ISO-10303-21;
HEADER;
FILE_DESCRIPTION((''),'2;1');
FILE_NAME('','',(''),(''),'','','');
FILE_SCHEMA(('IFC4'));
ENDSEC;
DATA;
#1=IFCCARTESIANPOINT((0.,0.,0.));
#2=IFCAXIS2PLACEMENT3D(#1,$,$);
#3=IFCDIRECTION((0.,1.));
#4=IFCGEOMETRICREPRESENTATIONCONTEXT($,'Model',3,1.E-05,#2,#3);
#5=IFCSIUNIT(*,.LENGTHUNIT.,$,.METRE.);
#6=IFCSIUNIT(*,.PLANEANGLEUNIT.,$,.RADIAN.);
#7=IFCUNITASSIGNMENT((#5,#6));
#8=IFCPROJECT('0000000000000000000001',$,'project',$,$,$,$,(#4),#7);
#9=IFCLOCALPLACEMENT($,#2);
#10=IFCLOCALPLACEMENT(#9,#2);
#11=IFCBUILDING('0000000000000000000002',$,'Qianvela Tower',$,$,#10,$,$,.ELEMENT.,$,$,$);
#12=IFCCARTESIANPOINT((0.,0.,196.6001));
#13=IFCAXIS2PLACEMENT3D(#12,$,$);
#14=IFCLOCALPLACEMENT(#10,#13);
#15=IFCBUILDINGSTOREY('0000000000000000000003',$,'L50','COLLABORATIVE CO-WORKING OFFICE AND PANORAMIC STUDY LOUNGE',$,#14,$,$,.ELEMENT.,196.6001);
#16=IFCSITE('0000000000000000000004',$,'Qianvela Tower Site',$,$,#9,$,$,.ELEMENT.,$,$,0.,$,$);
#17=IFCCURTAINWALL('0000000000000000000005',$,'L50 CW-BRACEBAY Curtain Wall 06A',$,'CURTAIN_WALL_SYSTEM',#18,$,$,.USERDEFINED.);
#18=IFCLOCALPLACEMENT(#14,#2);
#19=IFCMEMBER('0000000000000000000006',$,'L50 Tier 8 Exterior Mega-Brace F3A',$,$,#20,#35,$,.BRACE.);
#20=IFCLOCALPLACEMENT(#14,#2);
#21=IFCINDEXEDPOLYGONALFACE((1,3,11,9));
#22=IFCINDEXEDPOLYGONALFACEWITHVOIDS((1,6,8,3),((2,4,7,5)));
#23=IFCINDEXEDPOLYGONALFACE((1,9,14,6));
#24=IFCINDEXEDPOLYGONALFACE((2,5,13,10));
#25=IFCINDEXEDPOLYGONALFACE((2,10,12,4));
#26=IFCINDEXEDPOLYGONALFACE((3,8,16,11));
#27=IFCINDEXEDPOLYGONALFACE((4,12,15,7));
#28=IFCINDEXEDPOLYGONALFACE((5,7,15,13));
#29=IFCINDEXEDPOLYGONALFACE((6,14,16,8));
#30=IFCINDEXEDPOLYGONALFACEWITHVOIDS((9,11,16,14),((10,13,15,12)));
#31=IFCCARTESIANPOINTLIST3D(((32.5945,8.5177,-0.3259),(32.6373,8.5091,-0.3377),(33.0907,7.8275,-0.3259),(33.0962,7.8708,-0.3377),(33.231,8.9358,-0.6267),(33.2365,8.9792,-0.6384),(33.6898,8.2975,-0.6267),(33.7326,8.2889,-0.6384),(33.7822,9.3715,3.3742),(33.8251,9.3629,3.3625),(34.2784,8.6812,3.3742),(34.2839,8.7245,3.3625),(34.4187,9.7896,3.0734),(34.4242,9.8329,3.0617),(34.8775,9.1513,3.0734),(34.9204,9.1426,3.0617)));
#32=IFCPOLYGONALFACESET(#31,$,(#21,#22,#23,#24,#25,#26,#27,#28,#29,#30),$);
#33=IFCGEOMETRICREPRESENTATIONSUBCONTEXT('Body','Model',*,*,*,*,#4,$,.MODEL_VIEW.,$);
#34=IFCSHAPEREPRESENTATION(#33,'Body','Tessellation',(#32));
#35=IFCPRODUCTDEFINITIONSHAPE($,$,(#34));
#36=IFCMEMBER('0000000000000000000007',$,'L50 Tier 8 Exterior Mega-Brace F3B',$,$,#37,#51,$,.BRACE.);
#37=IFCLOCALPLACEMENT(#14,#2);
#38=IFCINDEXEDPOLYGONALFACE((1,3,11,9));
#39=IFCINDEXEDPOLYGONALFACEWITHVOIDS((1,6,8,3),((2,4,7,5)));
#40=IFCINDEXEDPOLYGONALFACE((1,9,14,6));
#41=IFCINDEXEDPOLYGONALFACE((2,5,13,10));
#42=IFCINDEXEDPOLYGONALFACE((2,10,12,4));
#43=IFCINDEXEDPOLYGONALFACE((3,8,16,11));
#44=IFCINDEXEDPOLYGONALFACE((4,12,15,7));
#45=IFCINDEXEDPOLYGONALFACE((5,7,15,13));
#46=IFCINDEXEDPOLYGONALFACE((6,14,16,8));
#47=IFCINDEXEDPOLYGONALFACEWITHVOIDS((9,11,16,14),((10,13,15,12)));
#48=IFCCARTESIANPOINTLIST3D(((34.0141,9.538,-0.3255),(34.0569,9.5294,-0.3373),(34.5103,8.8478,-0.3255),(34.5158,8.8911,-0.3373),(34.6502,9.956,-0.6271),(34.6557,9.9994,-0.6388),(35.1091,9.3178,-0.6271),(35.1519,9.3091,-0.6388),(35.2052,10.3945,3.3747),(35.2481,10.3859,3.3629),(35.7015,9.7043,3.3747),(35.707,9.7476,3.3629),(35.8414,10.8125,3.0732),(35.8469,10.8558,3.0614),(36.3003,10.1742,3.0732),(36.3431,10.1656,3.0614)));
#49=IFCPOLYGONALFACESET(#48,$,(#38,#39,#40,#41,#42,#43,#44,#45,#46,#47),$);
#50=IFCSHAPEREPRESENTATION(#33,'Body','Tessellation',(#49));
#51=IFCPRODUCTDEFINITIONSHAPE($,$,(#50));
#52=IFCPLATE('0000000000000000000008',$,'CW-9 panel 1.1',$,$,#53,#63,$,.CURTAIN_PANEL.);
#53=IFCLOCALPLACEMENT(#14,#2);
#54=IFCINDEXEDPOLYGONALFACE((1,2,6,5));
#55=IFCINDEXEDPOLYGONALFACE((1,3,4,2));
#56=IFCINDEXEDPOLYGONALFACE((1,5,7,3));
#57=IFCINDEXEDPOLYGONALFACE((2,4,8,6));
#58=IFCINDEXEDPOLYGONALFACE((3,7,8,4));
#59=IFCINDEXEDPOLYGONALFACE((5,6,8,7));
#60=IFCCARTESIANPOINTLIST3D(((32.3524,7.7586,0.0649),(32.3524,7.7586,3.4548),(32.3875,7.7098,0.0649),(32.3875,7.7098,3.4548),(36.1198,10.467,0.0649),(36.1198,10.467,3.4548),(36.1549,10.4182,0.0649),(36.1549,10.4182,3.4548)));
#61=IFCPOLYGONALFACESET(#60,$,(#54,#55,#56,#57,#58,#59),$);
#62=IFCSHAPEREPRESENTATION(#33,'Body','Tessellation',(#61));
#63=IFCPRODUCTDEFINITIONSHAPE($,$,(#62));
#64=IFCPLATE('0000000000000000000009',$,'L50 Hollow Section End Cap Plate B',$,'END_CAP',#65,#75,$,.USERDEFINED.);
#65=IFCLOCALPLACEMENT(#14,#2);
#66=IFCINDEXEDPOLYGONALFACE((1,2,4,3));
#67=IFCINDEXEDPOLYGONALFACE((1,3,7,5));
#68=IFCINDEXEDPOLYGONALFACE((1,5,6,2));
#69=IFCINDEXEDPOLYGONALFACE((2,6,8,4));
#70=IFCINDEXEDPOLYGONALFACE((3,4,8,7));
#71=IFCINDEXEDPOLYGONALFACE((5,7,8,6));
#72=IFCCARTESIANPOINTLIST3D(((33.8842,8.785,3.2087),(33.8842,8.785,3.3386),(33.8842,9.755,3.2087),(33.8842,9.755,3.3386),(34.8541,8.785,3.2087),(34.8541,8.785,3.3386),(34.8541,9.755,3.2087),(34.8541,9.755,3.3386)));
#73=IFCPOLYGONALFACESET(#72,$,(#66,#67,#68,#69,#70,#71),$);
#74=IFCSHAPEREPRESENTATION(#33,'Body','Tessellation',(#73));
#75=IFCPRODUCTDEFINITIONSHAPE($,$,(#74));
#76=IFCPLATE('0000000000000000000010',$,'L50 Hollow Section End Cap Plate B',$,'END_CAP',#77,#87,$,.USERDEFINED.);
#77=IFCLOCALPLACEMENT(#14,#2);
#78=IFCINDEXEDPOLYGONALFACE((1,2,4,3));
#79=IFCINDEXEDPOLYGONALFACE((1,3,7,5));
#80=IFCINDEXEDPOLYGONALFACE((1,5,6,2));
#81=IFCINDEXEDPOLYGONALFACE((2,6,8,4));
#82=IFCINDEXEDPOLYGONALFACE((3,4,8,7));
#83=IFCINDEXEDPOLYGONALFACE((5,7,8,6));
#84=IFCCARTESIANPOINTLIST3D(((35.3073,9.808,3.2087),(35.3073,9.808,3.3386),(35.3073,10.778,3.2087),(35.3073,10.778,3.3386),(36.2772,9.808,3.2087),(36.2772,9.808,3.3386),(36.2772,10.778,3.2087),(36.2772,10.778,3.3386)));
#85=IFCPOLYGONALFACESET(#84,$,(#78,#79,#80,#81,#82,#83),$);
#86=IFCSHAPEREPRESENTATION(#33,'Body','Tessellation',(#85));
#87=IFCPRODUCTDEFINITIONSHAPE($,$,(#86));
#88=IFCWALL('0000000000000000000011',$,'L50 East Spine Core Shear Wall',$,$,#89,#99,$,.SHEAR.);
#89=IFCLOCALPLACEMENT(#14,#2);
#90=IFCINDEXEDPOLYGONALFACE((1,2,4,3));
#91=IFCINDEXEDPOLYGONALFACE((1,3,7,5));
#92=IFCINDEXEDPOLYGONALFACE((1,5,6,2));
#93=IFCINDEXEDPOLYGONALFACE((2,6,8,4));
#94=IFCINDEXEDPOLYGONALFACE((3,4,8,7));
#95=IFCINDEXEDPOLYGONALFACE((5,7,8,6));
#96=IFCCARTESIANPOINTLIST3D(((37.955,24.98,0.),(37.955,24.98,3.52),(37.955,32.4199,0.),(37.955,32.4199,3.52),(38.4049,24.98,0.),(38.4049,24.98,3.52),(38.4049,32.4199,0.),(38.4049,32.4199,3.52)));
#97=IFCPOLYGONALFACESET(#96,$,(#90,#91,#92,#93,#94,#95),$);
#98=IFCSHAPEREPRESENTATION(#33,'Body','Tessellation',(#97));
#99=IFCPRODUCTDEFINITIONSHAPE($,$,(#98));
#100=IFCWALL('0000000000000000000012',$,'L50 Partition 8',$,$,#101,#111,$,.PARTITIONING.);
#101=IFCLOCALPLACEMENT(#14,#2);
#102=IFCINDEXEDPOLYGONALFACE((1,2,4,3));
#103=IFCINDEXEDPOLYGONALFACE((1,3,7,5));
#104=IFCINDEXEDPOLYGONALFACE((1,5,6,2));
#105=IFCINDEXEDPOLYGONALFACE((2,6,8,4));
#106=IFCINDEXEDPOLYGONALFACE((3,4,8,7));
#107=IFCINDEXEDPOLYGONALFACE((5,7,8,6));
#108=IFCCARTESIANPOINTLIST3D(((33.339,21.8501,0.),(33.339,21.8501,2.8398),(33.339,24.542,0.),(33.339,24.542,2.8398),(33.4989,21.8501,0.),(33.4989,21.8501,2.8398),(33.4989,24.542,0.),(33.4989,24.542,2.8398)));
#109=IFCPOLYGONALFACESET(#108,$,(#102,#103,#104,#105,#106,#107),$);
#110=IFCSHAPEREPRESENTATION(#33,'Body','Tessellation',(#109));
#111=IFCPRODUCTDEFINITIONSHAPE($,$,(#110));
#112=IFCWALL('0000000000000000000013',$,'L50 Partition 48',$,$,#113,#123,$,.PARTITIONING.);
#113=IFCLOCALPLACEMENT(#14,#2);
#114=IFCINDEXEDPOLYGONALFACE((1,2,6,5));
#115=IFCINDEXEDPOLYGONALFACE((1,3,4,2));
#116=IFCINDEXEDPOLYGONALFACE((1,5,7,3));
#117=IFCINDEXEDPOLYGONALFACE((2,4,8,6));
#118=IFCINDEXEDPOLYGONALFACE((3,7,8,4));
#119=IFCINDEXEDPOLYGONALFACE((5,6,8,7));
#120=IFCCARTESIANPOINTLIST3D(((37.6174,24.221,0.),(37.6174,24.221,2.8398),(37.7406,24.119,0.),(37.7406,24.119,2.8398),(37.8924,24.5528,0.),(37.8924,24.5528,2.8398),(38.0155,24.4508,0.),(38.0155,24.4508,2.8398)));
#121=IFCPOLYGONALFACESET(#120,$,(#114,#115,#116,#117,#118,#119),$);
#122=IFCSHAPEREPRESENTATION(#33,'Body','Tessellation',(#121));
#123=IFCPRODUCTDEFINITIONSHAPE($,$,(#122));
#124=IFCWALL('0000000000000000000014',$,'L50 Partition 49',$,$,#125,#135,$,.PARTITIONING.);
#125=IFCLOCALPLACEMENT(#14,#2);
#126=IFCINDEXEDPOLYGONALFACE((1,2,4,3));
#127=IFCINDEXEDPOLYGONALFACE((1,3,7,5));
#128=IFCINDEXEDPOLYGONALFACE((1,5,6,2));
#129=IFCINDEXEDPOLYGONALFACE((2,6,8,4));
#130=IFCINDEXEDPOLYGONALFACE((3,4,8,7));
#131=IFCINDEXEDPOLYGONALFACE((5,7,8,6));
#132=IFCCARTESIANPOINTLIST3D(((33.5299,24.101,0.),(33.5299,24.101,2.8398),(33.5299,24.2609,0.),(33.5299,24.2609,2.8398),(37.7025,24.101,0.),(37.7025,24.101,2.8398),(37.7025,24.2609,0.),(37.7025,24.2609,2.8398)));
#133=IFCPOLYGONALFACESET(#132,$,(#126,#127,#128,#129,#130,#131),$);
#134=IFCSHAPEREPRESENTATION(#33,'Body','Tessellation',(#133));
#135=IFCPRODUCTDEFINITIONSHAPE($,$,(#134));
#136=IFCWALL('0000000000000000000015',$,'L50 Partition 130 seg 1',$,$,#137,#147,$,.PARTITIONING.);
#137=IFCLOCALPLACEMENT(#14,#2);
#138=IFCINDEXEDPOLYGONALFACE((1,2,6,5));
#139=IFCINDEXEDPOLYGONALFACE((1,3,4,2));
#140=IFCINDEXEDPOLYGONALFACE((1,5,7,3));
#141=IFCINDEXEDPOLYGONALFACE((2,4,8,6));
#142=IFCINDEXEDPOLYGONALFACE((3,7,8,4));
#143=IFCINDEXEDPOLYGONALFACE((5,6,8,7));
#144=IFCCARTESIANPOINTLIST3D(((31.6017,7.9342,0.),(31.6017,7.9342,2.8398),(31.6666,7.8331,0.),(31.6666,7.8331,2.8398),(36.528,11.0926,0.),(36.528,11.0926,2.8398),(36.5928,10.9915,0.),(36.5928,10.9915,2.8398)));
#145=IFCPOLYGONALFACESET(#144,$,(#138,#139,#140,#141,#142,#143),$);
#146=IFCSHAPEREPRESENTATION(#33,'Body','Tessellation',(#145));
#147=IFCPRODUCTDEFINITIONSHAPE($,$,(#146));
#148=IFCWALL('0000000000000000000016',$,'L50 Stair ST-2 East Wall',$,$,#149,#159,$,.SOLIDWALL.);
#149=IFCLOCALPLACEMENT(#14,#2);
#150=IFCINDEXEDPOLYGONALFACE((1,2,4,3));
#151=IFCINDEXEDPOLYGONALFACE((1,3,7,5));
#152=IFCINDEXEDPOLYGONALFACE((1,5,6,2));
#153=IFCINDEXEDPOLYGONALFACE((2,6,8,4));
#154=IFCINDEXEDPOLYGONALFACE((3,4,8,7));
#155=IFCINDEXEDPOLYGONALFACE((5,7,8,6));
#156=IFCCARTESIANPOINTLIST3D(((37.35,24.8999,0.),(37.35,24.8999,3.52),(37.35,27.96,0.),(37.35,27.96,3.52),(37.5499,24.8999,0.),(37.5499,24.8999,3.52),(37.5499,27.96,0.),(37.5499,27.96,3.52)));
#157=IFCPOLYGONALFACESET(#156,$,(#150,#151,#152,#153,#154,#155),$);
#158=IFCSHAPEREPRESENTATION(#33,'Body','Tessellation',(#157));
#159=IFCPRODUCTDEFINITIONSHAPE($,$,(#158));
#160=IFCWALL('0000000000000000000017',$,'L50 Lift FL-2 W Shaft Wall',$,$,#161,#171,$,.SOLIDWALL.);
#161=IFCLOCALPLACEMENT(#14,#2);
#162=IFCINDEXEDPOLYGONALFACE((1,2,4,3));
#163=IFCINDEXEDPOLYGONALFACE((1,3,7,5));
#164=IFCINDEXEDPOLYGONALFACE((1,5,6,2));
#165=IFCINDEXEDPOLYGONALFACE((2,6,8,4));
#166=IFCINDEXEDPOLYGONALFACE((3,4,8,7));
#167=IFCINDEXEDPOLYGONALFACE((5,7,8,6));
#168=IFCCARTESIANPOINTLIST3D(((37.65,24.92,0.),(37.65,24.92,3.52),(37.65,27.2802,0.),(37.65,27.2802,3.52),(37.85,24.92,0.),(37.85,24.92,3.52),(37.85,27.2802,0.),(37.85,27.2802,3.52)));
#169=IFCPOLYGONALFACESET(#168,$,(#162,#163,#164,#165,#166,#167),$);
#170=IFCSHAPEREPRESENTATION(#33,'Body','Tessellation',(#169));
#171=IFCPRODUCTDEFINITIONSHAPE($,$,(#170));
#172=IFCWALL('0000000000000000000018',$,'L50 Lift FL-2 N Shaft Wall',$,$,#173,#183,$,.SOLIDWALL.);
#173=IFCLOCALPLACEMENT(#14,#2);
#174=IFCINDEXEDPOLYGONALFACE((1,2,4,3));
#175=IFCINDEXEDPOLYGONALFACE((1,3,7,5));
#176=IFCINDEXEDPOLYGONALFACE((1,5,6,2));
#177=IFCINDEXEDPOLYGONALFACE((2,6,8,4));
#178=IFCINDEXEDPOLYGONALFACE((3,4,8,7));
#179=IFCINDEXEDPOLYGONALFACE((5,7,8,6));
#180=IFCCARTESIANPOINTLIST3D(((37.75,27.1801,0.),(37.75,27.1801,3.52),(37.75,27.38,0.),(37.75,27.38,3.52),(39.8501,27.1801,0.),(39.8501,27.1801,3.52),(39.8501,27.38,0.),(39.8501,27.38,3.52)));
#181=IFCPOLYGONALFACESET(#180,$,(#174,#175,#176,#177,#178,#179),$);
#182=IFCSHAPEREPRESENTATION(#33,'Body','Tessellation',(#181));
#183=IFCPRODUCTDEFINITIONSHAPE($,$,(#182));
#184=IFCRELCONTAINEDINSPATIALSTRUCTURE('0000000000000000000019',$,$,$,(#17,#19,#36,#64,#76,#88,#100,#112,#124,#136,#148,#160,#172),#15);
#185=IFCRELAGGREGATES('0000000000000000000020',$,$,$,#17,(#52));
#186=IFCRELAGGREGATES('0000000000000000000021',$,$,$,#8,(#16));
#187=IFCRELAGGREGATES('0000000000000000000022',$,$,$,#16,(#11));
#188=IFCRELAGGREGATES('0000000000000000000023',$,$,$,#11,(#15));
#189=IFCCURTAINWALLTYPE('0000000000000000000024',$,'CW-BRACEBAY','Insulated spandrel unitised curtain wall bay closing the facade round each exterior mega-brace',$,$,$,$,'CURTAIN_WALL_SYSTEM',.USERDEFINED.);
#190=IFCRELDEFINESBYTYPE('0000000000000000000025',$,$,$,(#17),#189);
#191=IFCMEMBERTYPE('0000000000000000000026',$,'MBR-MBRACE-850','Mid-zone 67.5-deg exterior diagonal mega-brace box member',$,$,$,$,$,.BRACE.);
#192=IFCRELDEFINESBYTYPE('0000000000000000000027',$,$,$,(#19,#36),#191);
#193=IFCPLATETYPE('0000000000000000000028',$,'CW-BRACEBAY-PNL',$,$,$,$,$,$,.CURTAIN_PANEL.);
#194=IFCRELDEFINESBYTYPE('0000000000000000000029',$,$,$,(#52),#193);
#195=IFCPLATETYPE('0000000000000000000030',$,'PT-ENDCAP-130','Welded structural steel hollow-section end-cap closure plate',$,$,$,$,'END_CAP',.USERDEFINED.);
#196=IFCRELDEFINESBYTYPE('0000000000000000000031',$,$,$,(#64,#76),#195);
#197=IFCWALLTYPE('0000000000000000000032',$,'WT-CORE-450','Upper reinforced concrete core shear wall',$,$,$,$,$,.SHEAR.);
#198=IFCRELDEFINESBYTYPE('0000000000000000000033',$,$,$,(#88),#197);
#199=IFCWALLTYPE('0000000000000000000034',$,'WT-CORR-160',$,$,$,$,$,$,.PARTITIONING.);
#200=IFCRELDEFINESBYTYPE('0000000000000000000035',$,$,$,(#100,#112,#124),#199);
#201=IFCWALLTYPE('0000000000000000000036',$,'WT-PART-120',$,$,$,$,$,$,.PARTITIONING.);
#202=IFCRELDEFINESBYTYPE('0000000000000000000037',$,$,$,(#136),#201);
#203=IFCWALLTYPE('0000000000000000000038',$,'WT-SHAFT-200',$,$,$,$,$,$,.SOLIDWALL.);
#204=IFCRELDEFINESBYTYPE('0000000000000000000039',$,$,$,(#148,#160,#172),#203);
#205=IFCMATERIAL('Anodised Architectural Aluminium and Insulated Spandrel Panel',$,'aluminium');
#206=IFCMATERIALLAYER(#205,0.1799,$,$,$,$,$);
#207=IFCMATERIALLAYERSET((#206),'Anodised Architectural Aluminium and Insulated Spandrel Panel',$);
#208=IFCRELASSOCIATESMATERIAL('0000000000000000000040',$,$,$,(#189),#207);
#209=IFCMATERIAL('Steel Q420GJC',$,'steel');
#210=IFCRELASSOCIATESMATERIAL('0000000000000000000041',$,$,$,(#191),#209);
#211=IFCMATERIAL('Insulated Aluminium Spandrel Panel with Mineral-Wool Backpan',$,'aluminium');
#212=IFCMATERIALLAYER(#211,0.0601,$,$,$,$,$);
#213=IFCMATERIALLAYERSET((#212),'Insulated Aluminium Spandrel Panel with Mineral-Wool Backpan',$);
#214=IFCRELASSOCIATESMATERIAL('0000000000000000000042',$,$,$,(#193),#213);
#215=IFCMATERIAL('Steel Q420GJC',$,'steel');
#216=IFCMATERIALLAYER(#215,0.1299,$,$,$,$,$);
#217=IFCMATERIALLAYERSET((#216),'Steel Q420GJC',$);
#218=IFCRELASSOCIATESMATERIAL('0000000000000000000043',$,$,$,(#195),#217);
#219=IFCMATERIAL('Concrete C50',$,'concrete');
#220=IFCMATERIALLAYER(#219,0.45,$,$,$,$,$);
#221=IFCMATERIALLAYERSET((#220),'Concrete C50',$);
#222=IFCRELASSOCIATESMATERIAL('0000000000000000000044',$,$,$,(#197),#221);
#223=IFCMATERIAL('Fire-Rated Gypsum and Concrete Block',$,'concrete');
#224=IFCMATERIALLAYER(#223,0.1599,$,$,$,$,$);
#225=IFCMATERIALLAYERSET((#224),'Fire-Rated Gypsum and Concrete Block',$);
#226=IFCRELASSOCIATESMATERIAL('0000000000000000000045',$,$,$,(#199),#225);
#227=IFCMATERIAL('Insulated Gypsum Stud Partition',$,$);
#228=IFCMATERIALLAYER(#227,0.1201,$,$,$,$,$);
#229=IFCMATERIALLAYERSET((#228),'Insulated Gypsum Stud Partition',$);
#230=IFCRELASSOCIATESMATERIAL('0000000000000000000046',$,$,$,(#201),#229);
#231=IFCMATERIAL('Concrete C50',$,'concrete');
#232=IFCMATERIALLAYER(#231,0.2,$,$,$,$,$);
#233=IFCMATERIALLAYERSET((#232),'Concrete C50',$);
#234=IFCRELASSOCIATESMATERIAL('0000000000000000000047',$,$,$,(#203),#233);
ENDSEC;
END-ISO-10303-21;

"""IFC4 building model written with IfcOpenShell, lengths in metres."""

from ifc_helpers import new_model, si_unit, direction, frame, frame_2d, origin, origin_2d, place, context, subcontext, project, spatial, rectangle, hollow_rectangle, extrude, material, layer, layer_set, material_profile, profile_set, type_object, element, aggregate, save


model = new_model("IFC4")

# Units and contexts
model_context = context("Model", 3, precision=1e-05, world=origin(), true_north=direction((0.0, 1.0)))
body_context = subcontext(model_context, "Body", "Model", "MODEL_VIEW")
ifc_project = project(units=[si_unit("LENGTHUNIT", "METRE"), si_unit("PLANEANGLEUNIT", "RADIAN")], contexts=[model_context])

# Site, building, storey
site_placement = place(None, origin())
site = spatial("IfcSite", under=ifc_project, at=site_placement, Name="Qianvela Tower Site", CompositionType="ELEMENT", RefElevation=0.0)
building_placement = place(site_placement, origin())
building = spatial("IfcBuilding", under=site, at=building_placement, Name="Qianvela Tower", CompositionType="ELEMENT")
storey_placement = place(building_placement, frame((0.0, 0.0, 196.6001)))
storey = spatial("IfcBuildingStorey", under=building, at=storey_placement, Name="L50", Description="COLLABORATIVE CO-WORKING OFFICE AND PANORAMIC STUDY LOUNGE", CompositionType="ELEMENT", Elevation=196.6001)

# Curtain wall
ifc_material_1 = material(Name="Anodised Architectural Aluminium and Insulated Spandrel Panel", Category="aluminium")
ifc_layer_1 = layer(ifc_material_1, 0.1799)
ifc_layer_set_1 = layer_set([ifc_layer_1], Name="Anodised Architectural Aluminium and Insulated Spandrel Panel")
curtain_wall_type_1 = type_object("IfcCurtainWallType", Name="CW-BRACEBAY", Description="Insulated spandrel unitised curtain wall bay closing the facade round each exterior mega-brace", ElementType="CURTAIN_WALL_SYSTEM", PredefinedType="USERDEFINED", material=ifc_layer_set_1)
curtain_wall_1_placement = place(storey_placement, origin())
curtain_wall_1 = element("IfcCurtainWall", 1, at=curtain_wall_1_placement, inside=storey, type_object=curtain_wall_type_1, Name="L50 CW-BRACEBAY Curtain Wall 06A", ObjectType="CURTAIN_WALL_SYSTEM", PredefinedType="USERDEFINED")

# Members
ifc_material_2 = material(Name="Steel Q420GJC", Category="steel")
ifc_material_profile_1 = material_profile(ifc_material_2, hollow_rectangle(XDim=0.8501, YDim=0.8501, WallThickness=0.032, at=origin_2d()), Name="MBOX-850x850x32")
ifc_profile_set_1 = profile_set([ifc_material_profile_1], Name="Steel Q420GJC")
member_type_1 = type_object("IfcMemberType", Name="MBR-MBRACE-850", Description="Mid-zone 67.5-deg exterior diagonal mega-brace box member", PredefinedType="BRACE", material=ifc_profile_set_1)
member_1_placement = place(storey_placement, frame((33.1636, 8.4033, -0.4822), z_axis=(0.298516, 0.214576, 0.929971), x_axis=(-0.583667, 0.811993, 0.0)))
element("IfcMember", 2, at=member_1_placement, inside=storey, type_object=member_type_1, Name="L50 Tier 8 Exterior Mega-Brace F3A", PredefinedType="BRACE", context=body_context, shape_type="SweptSolid", body=[
    extrude(hollow_rectangle(XDim=0.8501, YDim=0.8501, WallThickness=0.032, at=origin_2d()), origin(), (0.0, 0.0, 1.0), 3.9788),
])
member_2_placement = place(storey_placement, frame((34.583, 9.4236, -0.4822), z_axis=(0.299255, 0.215164, 0.929597), x_axis=(-0.58377, 0.811919, 0.0)))
element("IfcMember", 3, at=member_2_placement, inside=storey, type_object=member_type_1, Name="L50 Tier 8 Exterior Mega-Brace F3B", PredefinedType="BRACE", context=body_context, shape_type="SweptSolid", body=[
    extrude(hollow_rectangle(XDim=0.8501, YDim=0.8501, WallThickness=0.032, at=origin_2d()), origin(), (0.0, 0.0, 1.0), 3.9805),
])

# Plate
ifc_material_3 = material(Name="Insulated Aluminium Spandrel Panel with Mineral-Wool Backpan", Category="aluminium")
ifc_layer_2 = layer(ifc_material_3, 0.0601)
ifc_layer_set_2 = layer_set([ifc_layer_2], Name="Insulated Aluminium Spandrel Panel with Mineral-Wool Backpan")
plate_type_1 = type_object("IfcPlateType", Name="CW-BRACEBAY-PNL", PredefinedType="CURTAIN_PANEL", material=ifc_layer_set_2)
plate_placement = place(storey_placement, frame((34.2537, 9.0884, 0.0649), z_axis=(0.0, 0.0, 1.0), x_axis=(0.811958, 0.583716, 0.0)))
plate = element("IfcPlate", 4, at=plate_placement, type_object=plate_type_1, Name="CW-9 panel 1.1", PredefinedType="CURTAIN_PANEL", context=body_context, shape_type="SweptSolid", body=[
    extrude(rectangle(XDim=4.6399, YDim=0.0601, at=origin_2d()), origin(), (0.0, 0.0, 1.0), 3.3899),
])
aggregate(curtain_wall_1, [plate])

# Plates
ifc_material_4 = material(Name="Steel Q420GJC", Category="steel")
ifc_layer_3 = layer(ifc_material_4, 0.1299)
ifc_layer_set_3 = layer_set([ifc_layer_3], Name="Steel Q420GJC")
plate_type_2 = type_object("IfcPlateType", Name="PT-ENDCAP-130", Description="Welded structural steel hollow-section end-cap closure plate", ElementType="END_CAP", PredefinedType="USERDEFINED", material=ifc_layer_set_3)
for number, where, z_axis, x_axis, name in (
    (5, (34.3691, 9.27, 3.2087), (0.0, 0.0, 1.0), (1.0, 0.0, 0.0), "L50 Hollow Section End Cap Plate B"),
    (6, (35.7922, 10.293, 3.2087), (0.0, 0.0, 1.0), (1.0, 0.0, 0.0), "L50 Hollow Section End Cap Plate B"),
):
    element("IfcPlate", number, at=place(storey_placement, frame(where, z_axis=z_axis, x_axis=x_axis)), inside=storey, type_object=plate_type_2, Name=name, ObjectType="END_CAP", PredefinedType="USERDEFINED", context=body_context, shape_type="SweptSolid", body=[
        extrude(rectangle(XDim=0.97, YDim=0.97, at=origin_2d()), origin(), (0.0, 0.0, 1.0), 0.1299),
    ])

# Wall
ifc_material_5 = material(Name="Concrete C50", Category="concrete")
ifc_layer_4 = layer(ifc_material_5, 0.45)
ifc_layer_set_4 = layer_set([ifc_layer_4], Name="Concrete C50")
wall_type_1 = type_object("IfcWallType", Name="WT-CORE-450", Description="Upper reinforced concrete core shear wall", PredefinedType="SHEAR", material=ifc_layer_set_4)
wall_1_placement = place(storey_placement, frame((38.1799, 24.98, 0.0), z_axis=(0.0, 0.0, 1.0), x_axis=(0.0, 1.0, 0.0)))
element("IfcWall", 7, at=wall_1_placement, inside=storey, type_object=wall_type_1, Name="L50 East Spine Core Shear Wall", PredefinedType="SHEAR", context=body_context, shape_type="SweptSolid", body=[
    extrude(rectangle(XDim=7.4399, YDim=0.45, at=frame_2d((3.72, 0.0))), origin(), (0.0, 0.0, 1.0), 3.52),
])

# Shared definitions
ifc_material_6 = material(Name="Fire-Rated Gypsum and Concrete Block", Category="concrete")
ifc_layer_5 = layer(ifc_material_6, 0.1599)
ifc_layer_set_5 = layer_set([ifc_layer_5], Name="Fire-Rated Gypsum and Concrete Block")
wall_type_2 = type_object("IfcWallType", Name="WT-CORR-160", PredefinedType="PARTITIONING", material=ifc_layer_set_5)

# Walls
wall_2_placement = place(storey_placement, frame((33.4189, 24.542, 0.0), z_axis=(0.0, 0.0, 1.0), x_axis=(0.0, -1.0, 0.0)))
element("IfcWall", 8, at=wall_2_placement, inside=storey, type_object=wall_type_2, Name="L50 Partition 8", PredefinedType="PARTITIONING", context=body_context, shape_type="SweptSolid", body=[
    extrude(rectangle(XDim=2.6919, YDim=0.1599, at=frame_2d((1.3459, 0.0))), origin(), (0.0, 0.0, 1.0), 2.8398),
])
wall_3_placement = place(storey_placement, frame((37.9539, 24.5017, 0.0), z_axis=(0.0, 0.0, 1.0), x_axis=(-0.638008, -0.77003, 0.0)))
element("IfcWall", 9, at=wall_3_placement, inside=storey, type_object=wall_type_2, Name="L50 Partition 48", PredefinedType="PARTITIONING", context=body_context, shape_type="SweptSolid", body=[
    extrude(rectangle(XDim=0.4309, YDim=0.1599, at=frame_2d((0.2153, 0.0))), origin(), (0.0, 0.0, 1.0), 2.8398),
])
wall_4_placement = place(storey_placement, frame((37.7026, 24.1809, 0.0), z_axis=(0.0, 0.0, 1.0), x_axis=(-1.0, 0.0, 0.0)))
element("IfcWall", 10, at=wall_4_placement, inside=storey, type_object=wall_type_2, Name="L50 Partition 49", PredefinedType="PARTITIONING", context=body_context, shape_type="SweptSolid", body=[
    extrude(rectangle(XDim=4.1726, YDim=0.1599, at=frame_2d((2.0864, 0.0))), origin(), (0.0, 0.0, 1.0), 2.8398),
])
ifc_material_7 = material(Name="Insulated Gypsum Stud Partition")
ifc_layer_6 = layer(ifc_material_7, 0.1201)
ifc_layer_set_6 = layer_set([ifc_layer_6], Name="Insulated Gypsum Stud Partition")
wall_type_3 = type_object("IfcWallType", Name="WT-PART-120", PredefinedType="PARTITIONING", material=ifc_layer_set_6)
wall_5_placement = place(storey_placement, frame((36.5603, 11.042, 0.0), z_axis=(0.0, 0.0, 1.0), x_axis=(-0.841834, -0.539737, 0.0)))
element("IfcWall", 11, at=wall_5_placement, inside=storey, type_object=wall_type_3, Name="L50 Partition 130 seg 1", PredefinedType="PARTITIONING", context=body_context, shape_type="SweptSolid", body=[
    extrude(rectangle(XDim=5.8518, YDim=0.1201, at=frame_2d((2.9258, 0.0))), origin(), (0.0, 0.0, 1.0), 2.8398),
])
ifc_material_8 = material(Name="Concrete C50", Category="concrete")
ifc_layer_7 = layer(ifc_material_8, 0.2)
ifc_layer_set_7 = layer_set([ifc_layer_7], Name="Concrete C50")
wall_type_4 = type_object("IfcWallType", Name="WT-SHAFT-200", PredefinedType="SOLIDWALL", material=ifc_layer_set_7)
wall_6_placement = place(storey_placement, frame((37.45, 24.8999, 0.0), z_axis=(0.0, 0.0, 1.0), x_axis=(0.0, 1.0, 0.0)))
element("IfcWall", 12, at=wall_6_placement, inside=storey, type_object=wall_type_4, Name="L50 Stair ST-2 East Wall", PredefinedType="SOLIDWALL", context=body_context, shape_type="SweptSolid", body=[
    extrude(rectangle(XDim=3.0601, YDim=0.2, at=frame_2d((1.53, 0.0))), origin(), (0.0, 0.0, 1.0), 3.52),
])
wall_7_placement = place(storey_placement, frame((37.75, 24.9199, 0.0), z_axis=(0.0, 0.0, 1.0), x_axis=(0.0, 1.0, 0.0)))
element("IfcWall", 13, at=wall_7_placement, inside=storey, type_object=wall_type_4, Name="L50 Lift FL-2 W Shaft Wall", PredefinedType="SOLIDWALL", context=body_context, shape_type="SweptSolid", body=[
    extrude(rectangle(XDim=2.3601, YDim=0.2, at=frame_2d((1.1802, 0.0))), origin(), (0.0, 0.0, 1.0), 3.52),
])
wall_8_placement = place(storey_placement, frame((37.75, 27.28, 0.0), z_axis=(0.0, 0.0, 1.0), x_axis=(1.0, 0.0, 0.0)))
element("IfcWall", 14, at=wall_8_placement, inside=storey, type_object=wall_type_4, Name="L50 Lift FL-2 N Shaft Wall", PredefinedType="SOLIDWALL", context=body_context, shape_type="SweptSolid", body=[
    extrude(rectangle(XDim=2.1001, YDim=0.2, at=frame_2d((1.05, 0.0))), origin(), (0.0, 0.0, 1.0), 3.52),
])

save(model, "model.ifc")
